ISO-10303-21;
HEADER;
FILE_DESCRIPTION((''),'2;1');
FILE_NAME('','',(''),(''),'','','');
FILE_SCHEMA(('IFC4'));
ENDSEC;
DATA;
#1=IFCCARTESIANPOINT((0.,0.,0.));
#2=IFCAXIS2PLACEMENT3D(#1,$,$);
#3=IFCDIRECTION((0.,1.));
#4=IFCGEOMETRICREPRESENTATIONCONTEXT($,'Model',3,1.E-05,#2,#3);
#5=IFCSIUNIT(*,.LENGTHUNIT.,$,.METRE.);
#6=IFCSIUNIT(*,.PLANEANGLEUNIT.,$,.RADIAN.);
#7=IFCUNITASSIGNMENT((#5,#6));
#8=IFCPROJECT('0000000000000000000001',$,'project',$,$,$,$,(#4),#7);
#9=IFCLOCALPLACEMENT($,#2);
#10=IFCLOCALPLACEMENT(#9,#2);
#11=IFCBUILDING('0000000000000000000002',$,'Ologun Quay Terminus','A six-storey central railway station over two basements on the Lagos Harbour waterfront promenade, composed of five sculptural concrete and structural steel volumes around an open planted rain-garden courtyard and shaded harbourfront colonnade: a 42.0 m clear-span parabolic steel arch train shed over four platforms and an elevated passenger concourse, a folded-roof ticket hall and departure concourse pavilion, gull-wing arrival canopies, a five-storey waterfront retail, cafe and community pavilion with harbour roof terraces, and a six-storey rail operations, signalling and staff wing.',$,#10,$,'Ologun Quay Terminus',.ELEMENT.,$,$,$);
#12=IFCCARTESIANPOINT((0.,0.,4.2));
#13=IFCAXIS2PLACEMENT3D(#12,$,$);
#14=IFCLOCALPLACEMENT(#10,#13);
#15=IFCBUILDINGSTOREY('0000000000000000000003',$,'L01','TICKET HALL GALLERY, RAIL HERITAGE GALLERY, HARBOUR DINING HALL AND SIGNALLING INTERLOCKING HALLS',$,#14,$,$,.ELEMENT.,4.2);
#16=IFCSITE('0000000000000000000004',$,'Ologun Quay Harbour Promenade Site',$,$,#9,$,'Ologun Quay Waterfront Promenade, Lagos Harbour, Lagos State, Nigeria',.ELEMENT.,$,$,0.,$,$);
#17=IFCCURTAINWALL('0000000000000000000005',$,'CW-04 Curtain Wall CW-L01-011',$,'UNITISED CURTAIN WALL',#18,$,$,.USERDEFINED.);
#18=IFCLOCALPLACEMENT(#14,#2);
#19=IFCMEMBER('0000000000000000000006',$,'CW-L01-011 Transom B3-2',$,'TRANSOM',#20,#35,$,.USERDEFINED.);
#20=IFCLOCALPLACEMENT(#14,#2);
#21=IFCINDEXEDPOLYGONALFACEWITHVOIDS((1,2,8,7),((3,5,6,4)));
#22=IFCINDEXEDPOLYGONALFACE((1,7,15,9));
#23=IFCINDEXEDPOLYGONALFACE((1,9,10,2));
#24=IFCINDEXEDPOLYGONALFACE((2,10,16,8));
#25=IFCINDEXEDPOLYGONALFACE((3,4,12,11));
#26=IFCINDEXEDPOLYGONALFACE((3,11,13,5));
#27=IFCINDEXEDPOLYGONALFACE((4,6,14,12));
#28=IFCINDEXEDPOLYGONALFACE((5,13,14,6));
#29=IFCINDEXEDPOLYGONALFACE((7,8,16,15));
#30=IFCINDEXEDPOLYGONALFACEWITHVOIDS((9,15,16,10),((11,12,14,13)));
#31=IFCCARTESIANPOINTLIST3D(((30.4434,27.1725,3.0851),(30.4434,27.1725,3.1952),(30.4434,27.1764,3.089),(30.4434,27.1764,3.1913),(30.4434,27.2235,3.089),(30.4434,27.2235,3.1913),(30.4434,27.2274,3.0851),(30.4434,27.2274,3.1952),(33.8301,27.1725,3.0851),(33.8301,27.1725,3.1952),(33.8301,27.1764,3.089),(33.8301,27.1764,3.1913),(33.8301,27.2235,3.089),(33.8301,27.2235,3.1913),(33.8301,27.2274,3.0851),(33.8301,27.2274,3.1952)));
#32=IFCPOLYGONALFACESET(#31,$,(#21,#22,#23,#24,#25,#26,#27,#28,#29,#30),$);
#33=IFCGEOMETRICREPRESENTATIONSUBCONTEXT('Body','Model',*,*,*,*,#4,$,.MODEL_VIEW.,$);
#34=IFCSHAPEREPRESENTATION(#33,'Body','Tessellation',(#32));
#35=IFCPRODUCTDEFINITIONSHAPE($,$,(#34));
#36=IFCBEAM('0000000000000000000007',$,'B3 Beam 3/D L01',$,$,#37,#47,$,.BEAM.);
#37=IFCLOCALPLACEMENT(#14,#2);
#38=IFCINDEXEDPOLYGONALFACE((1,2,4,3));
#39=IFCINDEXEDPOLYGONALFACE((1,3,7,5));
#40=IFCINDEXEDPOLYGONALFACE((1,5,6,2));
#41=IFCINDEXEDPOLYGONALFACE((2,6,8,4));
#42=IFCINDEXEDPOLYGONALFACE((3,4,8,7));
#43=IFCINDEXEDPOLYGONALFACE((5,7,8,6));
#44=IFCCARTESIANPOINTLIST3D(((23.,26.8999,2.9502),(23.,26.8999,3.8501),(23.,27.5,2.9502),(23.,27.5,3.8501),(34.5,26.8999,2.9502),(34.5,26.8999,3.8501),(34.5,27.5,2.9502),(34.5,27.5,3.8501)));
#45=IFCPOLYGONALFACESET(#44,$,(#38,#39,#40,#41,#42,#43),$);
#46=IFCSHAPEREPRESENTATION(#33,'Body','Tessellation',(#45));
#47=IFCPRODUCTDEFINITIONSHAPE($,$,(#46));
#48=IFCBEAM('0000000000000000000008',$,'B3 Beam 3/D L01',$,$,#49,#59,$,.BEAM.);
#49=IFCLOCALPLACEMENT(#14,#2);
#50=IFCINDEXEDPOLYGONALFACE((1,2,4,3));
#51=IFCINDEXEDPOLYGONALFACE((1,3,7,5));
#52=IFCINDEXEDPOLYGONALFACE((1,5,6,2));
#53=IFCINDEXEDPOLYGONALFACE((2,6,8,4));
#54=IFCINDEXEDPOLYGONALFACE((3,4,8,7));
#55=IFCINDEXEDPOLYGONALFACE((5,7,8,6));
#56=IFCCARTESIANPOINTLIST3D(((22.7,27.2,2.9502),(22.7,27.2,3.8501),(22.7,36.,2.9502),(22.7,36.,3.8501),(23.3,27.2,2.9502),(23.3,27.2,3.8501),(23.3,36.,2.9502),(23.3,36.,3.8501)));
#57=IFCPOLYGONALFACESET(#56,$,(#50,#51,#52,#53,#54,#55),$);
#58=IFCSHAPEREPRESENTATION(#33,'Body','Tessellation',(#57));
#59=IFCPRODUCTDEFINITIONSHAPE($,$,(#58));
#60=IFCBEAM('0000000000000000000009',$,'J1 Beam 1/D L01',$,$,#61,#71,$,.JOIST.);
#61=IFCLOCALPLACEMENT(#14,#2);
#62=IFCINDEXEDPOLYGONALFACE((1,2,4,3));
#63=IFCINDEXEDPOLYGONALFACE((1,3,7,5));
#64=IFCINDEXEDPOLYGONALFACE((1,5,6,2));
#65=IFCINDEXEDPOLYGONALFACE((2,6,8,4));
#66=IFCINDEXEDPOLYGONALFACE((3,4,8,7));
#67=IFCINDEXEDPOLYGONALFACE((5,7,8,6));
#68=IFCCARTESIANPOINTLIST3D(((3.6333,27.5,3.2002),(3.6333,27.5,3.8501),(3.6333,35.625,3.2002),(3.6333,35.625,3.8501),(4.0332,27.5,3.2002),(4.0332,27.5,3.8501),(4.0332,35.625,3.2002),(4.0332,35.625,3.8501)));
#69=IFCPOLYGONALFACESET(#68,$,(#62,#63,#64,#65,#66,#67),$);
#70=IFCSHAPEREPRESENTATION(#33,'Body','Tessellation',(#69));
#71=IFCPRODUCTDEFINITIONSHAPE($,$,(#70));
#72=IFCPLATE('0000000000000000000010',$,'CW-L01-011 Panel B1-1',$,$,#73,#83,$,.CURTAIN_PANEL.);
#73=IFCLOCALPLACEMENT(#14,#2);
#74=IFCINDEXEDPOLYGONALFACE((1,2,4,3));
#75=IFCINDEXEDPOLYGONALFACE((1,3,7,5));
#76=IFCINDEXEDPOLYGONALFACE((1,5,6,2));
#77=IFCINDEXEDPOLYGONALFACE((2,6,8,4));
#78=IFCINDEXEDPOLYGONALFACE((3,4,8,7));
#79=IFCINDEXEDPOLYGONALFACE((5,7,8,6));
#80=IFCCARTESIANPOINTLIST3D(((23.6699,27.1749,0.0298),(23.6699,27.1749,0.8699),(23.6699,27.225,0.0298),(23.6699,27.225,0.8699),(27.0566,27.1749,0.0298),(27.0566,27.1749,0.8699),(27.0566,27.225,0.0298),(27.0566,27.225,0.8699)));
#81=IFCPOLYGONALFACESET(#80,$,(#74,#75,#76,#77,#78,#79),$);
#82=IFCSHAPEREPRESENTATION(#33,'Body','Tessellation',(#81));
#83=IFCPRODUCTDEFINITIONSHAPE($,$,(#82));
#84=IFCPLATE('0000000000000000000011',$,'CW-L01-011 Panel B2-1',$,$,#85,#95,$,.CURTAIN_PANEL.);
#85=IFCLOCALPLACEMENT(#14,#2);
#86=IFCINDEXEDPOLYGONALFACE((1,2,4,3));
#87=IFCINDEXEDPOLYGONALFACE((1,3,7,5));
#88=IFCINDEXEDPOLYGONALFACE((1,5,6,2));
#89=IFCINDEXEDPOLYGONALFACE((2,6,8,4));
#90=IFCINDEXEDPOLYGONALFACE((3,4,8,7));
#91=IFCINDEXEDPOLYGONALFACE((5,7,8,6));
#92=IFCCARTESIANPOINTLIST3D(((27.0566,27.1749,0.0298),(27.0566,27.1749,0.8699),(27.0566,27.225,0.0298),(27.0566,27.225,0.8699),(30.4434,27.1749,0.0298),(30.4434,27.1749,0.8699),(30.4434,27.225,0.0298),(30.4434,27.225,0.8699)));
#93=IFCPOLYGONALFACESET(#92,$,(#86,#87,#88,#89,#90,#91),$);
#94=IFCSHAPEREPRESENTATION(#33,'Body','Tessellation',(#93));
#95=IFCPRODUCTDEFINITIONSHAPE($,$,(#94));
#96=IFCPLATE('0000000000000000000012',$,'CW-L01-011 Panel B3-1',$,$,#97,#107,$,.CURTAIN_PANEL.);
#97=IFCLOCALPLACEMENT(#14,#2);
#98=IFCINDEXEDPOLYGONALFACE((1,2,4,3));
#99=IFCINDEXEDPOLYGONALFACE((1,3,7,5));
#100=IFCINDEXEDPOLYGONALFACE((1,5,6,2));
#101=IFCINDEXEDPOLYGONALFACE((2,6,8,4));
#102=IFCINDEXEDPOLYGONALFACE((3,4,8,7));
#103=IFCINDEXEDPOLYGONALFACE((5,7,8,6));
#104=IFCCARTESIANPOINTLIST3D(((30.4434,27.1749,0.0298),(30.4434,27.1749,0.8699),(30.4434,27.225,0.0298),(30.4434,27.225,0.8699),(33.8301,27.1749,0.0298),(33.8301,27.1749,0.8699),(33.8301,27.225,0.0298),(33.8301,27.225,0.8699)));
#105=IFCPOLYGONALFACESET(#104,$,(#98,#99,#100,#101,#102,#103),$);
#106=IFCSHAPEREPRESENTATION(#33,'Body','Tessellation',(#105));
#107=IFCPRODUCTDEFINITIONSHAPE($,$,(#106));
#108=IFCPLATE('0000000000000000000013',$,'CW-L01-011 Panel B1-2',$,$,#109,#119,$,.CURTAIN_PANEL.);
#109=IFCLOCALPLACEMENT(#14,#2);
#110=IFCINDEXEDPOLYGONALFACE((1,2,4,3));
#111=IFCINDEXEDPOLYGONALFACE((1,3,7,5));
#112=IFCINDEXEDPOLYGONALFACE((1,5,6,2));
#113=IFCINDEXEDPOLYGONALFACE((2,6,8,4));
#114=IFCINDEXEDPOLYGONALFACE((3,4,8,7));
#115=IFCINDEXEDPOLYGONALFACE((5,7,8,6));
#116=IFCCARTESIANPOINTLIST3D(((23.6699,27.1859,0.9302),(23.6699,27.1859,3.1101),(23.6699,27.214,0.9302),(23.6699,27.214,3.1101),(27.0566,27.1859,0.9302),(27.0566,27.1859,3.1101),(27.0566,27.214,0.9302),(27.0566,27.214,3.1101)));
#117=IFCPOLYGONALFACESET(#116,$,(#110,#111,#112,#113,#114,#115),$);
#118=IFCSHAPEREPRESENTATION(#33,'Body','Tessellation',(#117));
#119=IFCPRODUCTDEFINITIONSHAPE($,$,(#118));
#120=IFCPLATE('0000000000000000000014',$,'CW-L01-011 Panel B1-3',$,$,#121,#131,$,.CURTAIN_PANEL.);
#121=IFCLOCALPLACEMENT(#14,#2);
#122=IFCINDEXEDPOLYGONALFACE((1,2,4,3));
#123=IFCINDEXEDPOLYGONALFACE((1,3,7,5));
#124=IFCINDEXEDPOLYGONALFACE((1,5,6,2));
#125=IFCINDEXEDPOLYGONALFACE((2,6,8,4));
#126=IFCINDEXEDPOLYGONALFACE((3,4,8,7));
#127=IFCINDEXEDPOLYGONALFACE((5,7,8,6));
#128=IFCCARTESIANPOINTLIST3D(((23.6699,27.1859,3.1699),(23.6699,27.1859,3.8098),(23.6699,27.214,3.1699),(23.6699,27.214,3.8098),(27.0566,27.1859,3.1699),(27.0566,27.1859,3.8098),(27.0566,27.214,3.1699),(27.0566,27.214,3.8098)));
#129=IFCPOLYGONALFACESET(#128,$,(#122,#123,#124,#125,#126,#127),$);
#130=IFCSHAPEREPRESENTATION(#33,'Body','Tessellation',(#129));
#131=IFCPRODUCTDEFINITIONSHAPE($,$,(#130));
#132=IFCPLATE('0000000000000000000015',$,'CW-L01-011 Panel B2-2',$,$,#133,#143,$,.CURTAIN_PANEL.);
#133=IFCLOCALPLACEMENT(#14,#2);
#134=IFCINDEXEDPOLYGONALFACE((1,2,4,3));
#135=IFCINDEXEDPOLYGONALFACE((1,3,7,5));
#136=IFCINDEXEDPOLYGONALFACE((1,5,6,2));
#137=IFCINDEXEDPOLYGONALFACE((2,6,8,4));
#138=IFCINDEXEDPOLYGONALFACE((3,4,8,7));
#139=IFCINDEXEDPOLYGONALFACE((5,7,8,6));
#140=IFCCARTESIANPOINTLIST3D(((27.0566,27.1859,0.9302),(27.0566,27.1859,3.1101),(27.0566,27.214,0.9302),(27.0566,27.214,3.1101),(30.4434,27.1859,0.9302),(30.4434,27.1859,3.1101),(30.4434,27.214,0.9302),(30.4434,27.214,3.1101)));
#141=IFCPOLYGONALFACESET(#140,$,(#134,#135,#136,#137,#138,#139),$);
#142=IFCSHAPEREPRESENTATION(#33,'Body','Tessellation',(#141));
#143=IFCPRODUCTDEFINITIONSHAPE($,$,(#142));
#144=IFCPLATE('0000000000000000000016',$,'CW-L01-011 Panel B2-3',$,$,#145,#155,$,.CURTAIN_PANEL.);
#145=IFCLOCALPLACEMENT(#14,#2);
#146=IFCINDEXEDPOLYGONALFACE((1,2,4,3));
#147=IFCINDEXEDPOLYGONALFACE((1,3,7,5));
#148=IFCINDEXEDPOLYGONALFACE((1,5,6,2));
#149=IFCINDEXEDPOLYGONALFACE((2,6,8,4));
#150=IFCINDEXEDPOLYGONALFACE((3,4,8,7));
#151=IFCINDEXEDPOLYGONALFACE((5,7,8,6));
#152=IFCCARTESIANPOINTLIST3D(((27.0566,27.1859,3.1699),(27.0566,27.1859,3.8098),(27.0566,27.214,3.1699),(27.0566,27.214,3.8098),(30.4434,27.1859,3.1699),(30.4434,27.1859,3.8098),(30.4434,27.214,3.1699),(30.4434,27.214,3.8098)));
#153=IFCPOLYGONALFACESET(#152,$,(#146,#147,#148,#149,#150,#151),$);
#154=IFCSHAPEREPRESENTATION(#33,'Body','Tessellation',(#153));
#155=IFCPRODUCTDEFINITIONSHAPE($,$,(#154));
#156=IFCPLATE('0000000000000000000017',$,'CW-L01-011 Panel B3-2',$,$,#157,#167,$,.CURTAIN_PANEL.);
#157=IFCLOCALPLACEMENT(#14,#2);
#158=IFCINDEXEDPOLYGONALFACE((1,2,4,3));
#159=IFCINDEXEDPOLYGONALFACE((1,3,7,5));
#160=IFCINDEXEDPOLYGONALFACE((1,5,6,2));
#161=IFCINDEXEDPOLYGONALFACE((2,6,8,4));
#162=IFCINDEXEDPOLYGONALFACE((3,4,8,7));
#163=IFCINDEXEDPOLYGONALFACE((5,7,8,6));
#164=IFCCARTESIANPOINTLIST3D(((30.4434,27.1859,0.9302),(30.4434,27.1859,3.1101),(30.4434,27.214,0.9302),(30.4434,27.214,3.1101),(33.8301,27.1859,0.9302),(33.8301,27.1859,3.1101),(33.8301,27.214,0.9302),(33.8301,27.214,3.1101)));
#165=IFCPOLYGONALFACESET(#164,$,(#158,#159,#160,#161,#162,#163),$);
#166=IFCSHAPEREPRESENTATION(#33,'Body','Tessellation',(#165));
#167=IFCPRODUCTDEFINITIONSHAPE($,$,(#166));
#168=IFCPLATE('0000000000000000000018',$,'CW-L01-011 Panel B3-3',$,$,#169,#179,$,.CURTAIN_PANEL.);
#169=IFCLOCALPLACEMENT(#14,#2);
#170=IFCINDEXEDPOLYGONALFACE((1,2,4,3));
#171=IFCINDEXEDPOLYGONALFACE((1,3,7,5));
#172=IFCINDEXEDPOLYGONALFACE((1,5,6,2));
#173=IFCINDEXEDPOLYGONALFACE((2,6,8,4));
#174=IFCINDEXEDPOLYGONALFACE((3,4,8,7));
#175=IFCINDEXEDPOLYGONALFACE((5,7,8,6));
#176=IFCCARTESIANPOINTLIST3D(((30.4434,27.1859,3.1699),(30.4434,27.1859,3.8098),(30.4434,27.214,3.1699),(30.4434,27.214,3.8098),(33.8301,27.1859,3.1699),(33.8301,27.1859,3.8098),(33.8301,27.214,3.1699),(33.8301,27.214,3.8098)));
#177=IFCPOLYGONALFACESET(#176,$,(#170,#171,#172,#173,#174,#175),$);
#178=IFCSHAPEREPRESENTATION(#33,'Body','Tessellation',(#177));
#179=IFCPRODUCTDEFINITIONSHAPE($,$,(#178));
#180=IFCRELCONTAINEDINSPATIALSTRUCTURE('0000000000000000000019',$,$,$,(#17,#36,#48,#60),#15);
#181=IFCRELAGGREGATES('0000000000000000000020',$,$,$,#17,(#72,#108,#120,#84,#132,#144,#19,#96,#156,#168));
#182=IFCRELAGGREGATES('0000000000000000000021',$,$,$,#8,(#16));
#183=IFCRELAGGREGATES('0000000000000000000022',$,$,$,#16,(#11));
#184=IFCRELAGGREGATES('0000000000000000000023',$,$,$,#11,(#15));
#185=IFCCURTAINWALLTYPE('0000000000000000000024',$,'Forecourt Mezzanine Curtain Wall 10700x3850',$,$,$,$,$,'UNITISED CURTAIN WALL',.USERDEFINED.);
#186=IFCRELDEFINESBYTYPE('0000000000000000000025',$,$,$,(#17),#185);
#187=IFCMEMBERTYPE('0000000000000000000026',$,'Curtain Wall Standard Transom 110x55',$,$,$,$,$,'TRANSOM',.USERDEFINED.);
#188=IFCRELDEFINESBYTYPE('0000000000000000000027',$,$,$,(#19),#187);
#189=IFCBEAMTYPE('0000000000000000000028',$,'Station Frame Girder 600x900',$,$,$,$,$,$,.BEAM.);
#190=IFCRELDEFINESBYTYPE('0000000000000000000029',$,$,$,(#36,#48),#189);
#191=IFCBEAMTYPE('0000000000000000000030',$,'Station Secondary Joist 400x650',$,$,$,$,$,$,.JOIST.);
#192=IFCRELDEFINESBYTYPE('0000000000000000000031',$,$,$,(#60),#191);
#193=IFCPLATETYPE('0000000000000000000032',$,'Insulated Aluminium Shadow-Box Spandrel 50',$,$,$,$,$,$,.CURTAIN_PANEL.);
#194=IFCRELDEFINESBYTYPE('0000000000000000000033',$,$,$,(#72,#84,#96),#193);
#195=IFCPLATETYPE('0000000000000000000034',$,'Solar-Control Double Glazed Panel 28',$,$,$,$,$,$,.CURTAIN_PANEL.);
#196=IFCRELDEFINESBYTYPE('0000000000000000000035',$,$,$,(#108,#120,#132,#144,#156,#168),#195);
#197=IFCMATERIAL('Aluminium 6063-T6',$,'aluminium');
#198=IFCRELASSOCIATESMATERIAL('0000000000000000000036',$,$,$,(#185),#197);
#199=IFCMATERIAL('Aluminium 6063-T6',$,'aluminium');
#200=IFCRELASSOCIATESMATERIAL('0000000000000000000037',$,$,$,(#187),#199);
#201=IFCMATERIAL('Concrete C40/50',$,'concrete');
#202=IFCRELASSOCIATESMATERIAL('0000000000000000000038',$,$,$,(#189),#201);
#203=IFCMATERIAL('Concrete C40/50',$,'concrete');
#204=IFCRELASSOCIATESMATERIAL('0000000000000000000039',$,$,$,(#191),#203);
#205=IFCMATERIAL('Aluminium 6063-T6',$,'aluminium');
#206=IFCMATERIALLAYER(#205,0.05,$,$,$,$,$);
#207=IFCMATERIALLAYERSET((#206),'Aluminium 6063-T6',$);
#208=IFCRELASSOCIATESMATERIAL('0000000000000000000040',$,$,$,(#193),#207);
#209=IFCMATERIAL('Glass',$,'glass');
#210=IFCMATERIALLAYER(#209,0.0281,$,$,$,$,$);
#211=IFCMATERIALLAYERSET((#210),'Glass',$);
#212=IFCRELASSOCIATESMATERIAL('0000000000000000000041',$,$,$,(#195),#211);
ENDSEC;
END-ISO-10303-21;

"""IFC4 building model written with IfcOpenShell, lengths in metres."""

from ifc_helpers import new_model, si_unit, direction, frame, origin, origin_2d, place, context, subcontext, project, spatial, rectangle, hollow_rectangle, extrude, material, layer, layer_set, material_profile, profile_set, type_object, element, aggregate, save


model = new_model("IFC4")

# Units and contexts
model_context = context("Model", 3, precision=1e-05, world=origin(), true_north=direction((0.0, 1.0)))
body_context = subcontext(model_context, "Body", "Model", "MODEL_VIEW")
ifc_project = project(units=[si_unit("LENGTHUNIT", "METRE"), si_unit("PLANEANGLEUNIT", "RADIAN")], contexts=[model_context])

# Site, building, storey
site_placement = place(None, origin())
site = spatial("IfcSite", under=ifc_project, at=site_placement, Name="Ologun Quay Harbour Promenade Site", LongName="Ologun Quay Waterfront Promenade, Lagos Harbour, Lagos State, Nigeria", CompositionType="ELEMENT", RefElevation=0.0)
building_placement = place(site_placement, origin())
building = spatial("IfcBuilding", under=site, at=building_placement, Name="Ologun Quay Terminus", Description="A six-storey central railway station over two basements on the Lagos Harbour waterfront promenade, composed of five sculptural concrete and structural steel volumes around an open planted rain-garden courtyard and shaded harbourfront colonnade: a 42.0 m clear-span parabolic steel arch train shed over four platforms and an elevated passenger concourse, a folded-roof ticket hall and departure concourse pavilion, gull-wing arrival canopies, a five-storey waterfront retail, cafe and community pavilion with harbour roof terraces, and a six-storey rail operations, signalling and staff wing.", LongName="Ologun Quay Terminus", CompositionType="ELEMENT")
storey_placement = place(building_placement, frame((0.0, 0.0, 4.2)))
storey = spatial("IfcBuildingStorey", under=building, at=storey_placement, Name="L01", Description="TICKET HALL GALLERY, RAIL HERITAGE GALLERY, HARBOUR DINING HALL AND SIGNALLING INTERLOCKING HALLS", CompositionType="ELEMENT", Elevation=4.2)

# Shared definitions
ifc_material_1 = material(Name="Aluminium 6063-T6", Category="aluminium")
curtain_wall_type = type_object("IfcCurtainWallType", Name="Forecourt Mezzanine Curtain Wall 10700x3850", ElementType="UNITISED CURTAIN WALL", PredefinedType="USERDEFINED", material=ifc_material_1)

# Curtain wall, member
curtain_wall_1_placement = place(storey_placement, origin())
curtain_wall_1 = element("IfcCurtainWall", 1, at=curtain_wall_1_placement, inside=storey, type_object=curtain_wall_type, Name="CW-04 Curtain Wall CW-L01-011", ObjectType="UNITISED CURTAIN WALL", PredefinedType="USERDEFINED")
ifc_material_2 = material(Name="Aluminium 6063-T6", Category="aluminium")
ifc_material_profile_1 = material_profile(ifc_material_2, hollow_rectangle(XDim=0.0549, YDim=0.1101, WallThickness=0.0039, at=origin_2d()), Name="ALU 110x55x4")
ifc_profile_set_1 = profile_set([ifc_material_profile_1], Name="Aluminium 6063-T6")
member_type_1 = type_object("IfcMemberType", Name="Curtain Wall Standard Transom 110x55", ElementType="TRANSOM", PredefinedType="USERDEFINED", material=ifc_profile_set_1)
member_1_placement = place(storey_placement, frame((30.4434, 27.2, 3.1401), z_axis=(1.0, 0.0, 0.0), x_axis=(0.0, 1.0, 0.0)))
member_1 = element("IfcMember", 2, at=member_1_placement, type_object=member_type_1, Name="CW-L01-011 Transom B3-2", ObjectType="TRANSOM", PredefinedType="USERDEFINED", context=body_context, shape_type="SweptSolid", body=[
    extrude(hollow_rectangle(XDim=0.0549, YDim=0.1101, WallThickness=0.0039, at=origin_2d()), origin(), (0.0, 0.0, 1.0), 3.3867),
])

# Beams
ifc_material_3 = material(Name="Concrete C40/50", Category="concrete")
ifc_material_profile_2 = material_profile(ifc_material_3, rectangle(XDim=0.6001, YDim=0.8999, at=origin_2d()), Name="RC 600x900")
ifc_profile_set_2 = profile_set([ifc_material_profile_2], Name="Concrete C40/50")
beam_type_1 = type_object("IfcBeamType", Name="Station Frame Girder 600x900", PredefinedType="BEAM", material=ifc_profile_set_2)
beam_1_placement = place(storey_placement, frame((23.0, 27.2, 3.4001), z_axis=(1.0, 0.0, 0.0), x_axis=(0.0, 1.0, 0.0)))
element("IfcBeam", 3, at=beam_1_placement, inside=storey, type_object=beam_type_1, Name="B3 Beam 3/D L01", PredefinedType="BEAM", context=body_context, shape_type="SweptSolid", body=[
    extrude(rectangle(XDim=0.6001, YDim=0.8999, at=origin_2d()), origin(), (0.0, 0.0, 1.0), 11.5),
])
beam_2_placement = place(storey_placement, frame((23.0, 27.2, 3.4001), z_axis=(0.0, 1.0, 0.0), x_axis=(-1.0, 0.0, 0.0)))
element("IfcBeam", 4, at=beam_2_placement, inside=storey, type_object=beam_type_1, Name="B3 Beam 3/D L01", PredefinedType="BEAM", context=body_context, shape_type="SweptSolid", body=[
    extrude(rectangle(XDim=0.6001, YDim=0.8999, at=origin_2d()), origin(), (0.0, 0.0, 1.0), 8.8),
])
ifc_material_4 = material(Name="Concrete C40/50", Category="concrete")
ifc_material_profile_3 = material_profile(ifc_material_4, rectangle(XDim=0.3999, YDim=0.6499, at=origin_2d()), Name="RC 400x650")
ifc_profile_set_3 = profile_set([ifc_material_profile_3], Name="Concrete C40/50")
beam_type_2 = type_object("IfcBeamType", Name="Station Secondary Joist 400x650", PredefinedType="JOIST", material=ifc_profile_set_3)
beam_3_placement = place(storey_placement, frame((3.8333, 27.5, 3.5251), z_axis=(0.0, 1.0, 0.0), x_axis=(-1.0, 0.0, 0.0)))
element("IfcBeam", 5, at=beam_3_placement, inside=storey, type_object=beam_type_2, Name="J1 Beam 1/D L01", PredefinedType="JOIST", context=body_context, shape_type="SweptSolid", body=[
    extrude(rectangle(XDim=0.3999, YDim=0.6499, at=origin_2d()), origin(), (0.0, 0.0, 1.0), 8.125),
])

# Plates
ifc_material_5 = material(Name="Aluminium 6063-T6", Category="aluminium")
ifc_layer_1 = layer(ifc_material_5, 0.05)
ifc_layer_set_1 = layer_set([ifc_layer_1], Name="Aluminium 6063-T6")
plate_type_1 = type_object("IfcPlateType", Name="Insulated Aluminium Shadow-Box Spandrel 50", PredefinedType="CURTAIN_PANEL", material=ifc_layer_set_1)
plate_1_placement = place(storey_placement, frame((25.3633, 27.2, 0.0298), z_axis=(0.0, 0.0, 1.0), x_axis=(1.0, 0.0, 0.0)))
plate_1 = element("IfcPlate", 6, at=plate_1_placement, type_object=plate_type_1, Name="CW-L01-011 Panel B1-1", PredefinedType="CURTAIN_PANEL", context=body_context, shape_type="SweptSolid", body=[
    extrude(rectangle(XDim=3.3867, YDim=0.05, at=origin_2d()), origin(), (0.0, 0.0, 1.0), 0.8401),
])
plate_2_placement = place(storey_placement, frame((28.75, 27.2, 0.0298), z_axis=(0.0, 0.0, 1.0), x_axis=(1.0, 0.0, 0.0)))
plate_2 = element("IfcPlate", 7, at=plate_2_placement, type_object=plate_type_1, Name="CW-L01-011 Panel B2-1", PredefinedType="CURTAIN_PANEL", context=body_context, shape_type="SweptSolid", body=[
    extrude(rectangle(XDim=3.3867, YDim=0.05, at=origin_2d()), origin(), (0.0, 0.0, 1.0), 0.8401),
])
plate_3_placement = place(storey_placement, frame((32.1367, 27.2, 0.0298), z_axis=(0.0, 0.0, 1.0), x_axis=(1.0, 0.0, 0.0)))
plate_3 = element("IfcPlate", 8, at=plate_3_placement, type_object=plate_type_1, Name="CW-L01-011 Panel B3-1", PredefinedType="CURTAIN_PANEL", context=body_context, shape_type="SweptSolid", body=[
    extrude(rectangle(XDim=3.3867, YDim=0.05, at=origin_2d()), origin(), (0.0, 0.0, 1.0), 0.8401),
])
ifc_material_6 = material(Name="Glass", Category="glass")
ifc_layer_2 = layer(ifc_material_6, 0.0281)
ifc_layer_set_2 = layer_set([ifc_layer_2], Name="Glass")
plate_type_2 = type_object("IfcPlateType", Name="Solar-Control Double Glazed Panel 28", PredefinedType="CURTAIN_PANEL", material=ifc_layer_set_2)
plate_4_placement = place(storey_placement, frame((25.3633, 27.2, 0.9302), z_axis=(0.0, 0.0, 1.0), x_axis=(1.0, 0.0, 0.0)))
plate_4 = element("IfcPlate", 9, at=plate_4_placement, type_object=plate_type_2, Name="CW-L01-011 Panel B1-2", PredefinedType="CURTAIN_PANEL", context=body_context, shape_type="SweptSolid", body=[
    extrude(rectangle(XDim=3.3867, YDim=0.0281, at=origin_2d()), origin(), (0.0, 0.0, 1.0), 2.1799),
])
plate_5_placement = place(storey_placement, frame((25.3633, 27.2, 3.1699), z_axis=(0.0, 0.0, 1.0), x_axis=(1.0, 0.0, 0.0)))
plate_5 = element("IfcPlate", 10, at=plate_5_placement, type_object=plate_type_2, Name="CW-L01-011 Panel B1-3", PredefinedType="CURTAIN_PANEL", context=body_context, shape_type="SweptSolid", body=[
    extrude(rectangle(XDim=3.3867, YDim=0.0281, at=origin_2d()), origin(), (0.0, 0.0, 1.0), 0.6399),
])
plate_6_placement = place(storey_placement, frame((28.75, 27.2, 0.9302), z_axis=(0.0, 0.0, 1.0), x_axis=(1.0, 0.0, 0.0)))
plate_6 = element("IfcPlate", 11, at=plate_6_placement, type_object=plate_type_2, Name="CW-L01-011 Panel B2-2", PredefinedType="CURTAIN_PANEL", context=body_context, shape_type="SweptSolid", body=[
    extrude(rectangle(XDim=3.3867, YDim=0.0281, at=origin_2d()), origin(), (0.0, 0.0, 1.0), 2.1799),
])
plate_7_placement = place(storey_placement, frame((28.75, 27.2, 3.1699), z_axis=(0.0, 0.0, 1.0), x_axis=(1.0, 0.0, 0.0)))
plate_7 = element("IfcPlate", 12, at=plate_7_placement, type_object=plate_type_2, Name="CW-L01-011 Panel B2-3", PredefinedType="CURTAIN_PANEL", context=body_context, shape_type="SweptSolid", body=[
    extrude(rectangle(XDim=3.3867, YDim=0.0281, at=origin_2d()), origin(), (0.0, 0.0, 1.0), 0.6399),
])
plate_8_placement = place(storey_placement, frame((32.1367, 27.2, 0.9302), z_axis=(0.0, 0.0, 1.0), x_axis=(1.0, 0.0, 0.0)))
plate_8 = element("IfcPlate", 13, at=plate_8_placement, type_object=plate_type_2, Name="CW-L01-011 Panel B3-2", PredefinedType="CURTAIN_PANEL", context=body_context, shape_type="SweptSolid", body=[
    extrude(rectangle(XDim=3.3867, YDim=0.0281, at=origin_2d()), origin(), (0.0, 0.0, 1.0), 2.1799),
])
plate_9_placement = place(storey_placement, frame((32.1367, 27.2, 3.1699), z_axis=(0.0, 0.0, 1.0), x_axis=(1.0, 0.0, 0.0)))
plate_9 = element("IfcPlate", 14, at=plate_9_placement, type_object=plate_type_2, Name="CW-L01-011 Panel B3-3", PredefinedType="CURTAIN_PANEL", context=body_context, shape_type="SweptSolid", body=[
    extrude(rectangle(XDim=3.3867, YDim=0.0281, at=origin_2d()), origin(), (0.0, 0.0, 1.0), 0.6399),
])
aggregate(curtain_wall_1, [plate_1, plate_4, plate_5, plate_2, plate_6, plate_7, member_1, plate_3, plate_8, plate_9])

save(model, "model.ifc")
